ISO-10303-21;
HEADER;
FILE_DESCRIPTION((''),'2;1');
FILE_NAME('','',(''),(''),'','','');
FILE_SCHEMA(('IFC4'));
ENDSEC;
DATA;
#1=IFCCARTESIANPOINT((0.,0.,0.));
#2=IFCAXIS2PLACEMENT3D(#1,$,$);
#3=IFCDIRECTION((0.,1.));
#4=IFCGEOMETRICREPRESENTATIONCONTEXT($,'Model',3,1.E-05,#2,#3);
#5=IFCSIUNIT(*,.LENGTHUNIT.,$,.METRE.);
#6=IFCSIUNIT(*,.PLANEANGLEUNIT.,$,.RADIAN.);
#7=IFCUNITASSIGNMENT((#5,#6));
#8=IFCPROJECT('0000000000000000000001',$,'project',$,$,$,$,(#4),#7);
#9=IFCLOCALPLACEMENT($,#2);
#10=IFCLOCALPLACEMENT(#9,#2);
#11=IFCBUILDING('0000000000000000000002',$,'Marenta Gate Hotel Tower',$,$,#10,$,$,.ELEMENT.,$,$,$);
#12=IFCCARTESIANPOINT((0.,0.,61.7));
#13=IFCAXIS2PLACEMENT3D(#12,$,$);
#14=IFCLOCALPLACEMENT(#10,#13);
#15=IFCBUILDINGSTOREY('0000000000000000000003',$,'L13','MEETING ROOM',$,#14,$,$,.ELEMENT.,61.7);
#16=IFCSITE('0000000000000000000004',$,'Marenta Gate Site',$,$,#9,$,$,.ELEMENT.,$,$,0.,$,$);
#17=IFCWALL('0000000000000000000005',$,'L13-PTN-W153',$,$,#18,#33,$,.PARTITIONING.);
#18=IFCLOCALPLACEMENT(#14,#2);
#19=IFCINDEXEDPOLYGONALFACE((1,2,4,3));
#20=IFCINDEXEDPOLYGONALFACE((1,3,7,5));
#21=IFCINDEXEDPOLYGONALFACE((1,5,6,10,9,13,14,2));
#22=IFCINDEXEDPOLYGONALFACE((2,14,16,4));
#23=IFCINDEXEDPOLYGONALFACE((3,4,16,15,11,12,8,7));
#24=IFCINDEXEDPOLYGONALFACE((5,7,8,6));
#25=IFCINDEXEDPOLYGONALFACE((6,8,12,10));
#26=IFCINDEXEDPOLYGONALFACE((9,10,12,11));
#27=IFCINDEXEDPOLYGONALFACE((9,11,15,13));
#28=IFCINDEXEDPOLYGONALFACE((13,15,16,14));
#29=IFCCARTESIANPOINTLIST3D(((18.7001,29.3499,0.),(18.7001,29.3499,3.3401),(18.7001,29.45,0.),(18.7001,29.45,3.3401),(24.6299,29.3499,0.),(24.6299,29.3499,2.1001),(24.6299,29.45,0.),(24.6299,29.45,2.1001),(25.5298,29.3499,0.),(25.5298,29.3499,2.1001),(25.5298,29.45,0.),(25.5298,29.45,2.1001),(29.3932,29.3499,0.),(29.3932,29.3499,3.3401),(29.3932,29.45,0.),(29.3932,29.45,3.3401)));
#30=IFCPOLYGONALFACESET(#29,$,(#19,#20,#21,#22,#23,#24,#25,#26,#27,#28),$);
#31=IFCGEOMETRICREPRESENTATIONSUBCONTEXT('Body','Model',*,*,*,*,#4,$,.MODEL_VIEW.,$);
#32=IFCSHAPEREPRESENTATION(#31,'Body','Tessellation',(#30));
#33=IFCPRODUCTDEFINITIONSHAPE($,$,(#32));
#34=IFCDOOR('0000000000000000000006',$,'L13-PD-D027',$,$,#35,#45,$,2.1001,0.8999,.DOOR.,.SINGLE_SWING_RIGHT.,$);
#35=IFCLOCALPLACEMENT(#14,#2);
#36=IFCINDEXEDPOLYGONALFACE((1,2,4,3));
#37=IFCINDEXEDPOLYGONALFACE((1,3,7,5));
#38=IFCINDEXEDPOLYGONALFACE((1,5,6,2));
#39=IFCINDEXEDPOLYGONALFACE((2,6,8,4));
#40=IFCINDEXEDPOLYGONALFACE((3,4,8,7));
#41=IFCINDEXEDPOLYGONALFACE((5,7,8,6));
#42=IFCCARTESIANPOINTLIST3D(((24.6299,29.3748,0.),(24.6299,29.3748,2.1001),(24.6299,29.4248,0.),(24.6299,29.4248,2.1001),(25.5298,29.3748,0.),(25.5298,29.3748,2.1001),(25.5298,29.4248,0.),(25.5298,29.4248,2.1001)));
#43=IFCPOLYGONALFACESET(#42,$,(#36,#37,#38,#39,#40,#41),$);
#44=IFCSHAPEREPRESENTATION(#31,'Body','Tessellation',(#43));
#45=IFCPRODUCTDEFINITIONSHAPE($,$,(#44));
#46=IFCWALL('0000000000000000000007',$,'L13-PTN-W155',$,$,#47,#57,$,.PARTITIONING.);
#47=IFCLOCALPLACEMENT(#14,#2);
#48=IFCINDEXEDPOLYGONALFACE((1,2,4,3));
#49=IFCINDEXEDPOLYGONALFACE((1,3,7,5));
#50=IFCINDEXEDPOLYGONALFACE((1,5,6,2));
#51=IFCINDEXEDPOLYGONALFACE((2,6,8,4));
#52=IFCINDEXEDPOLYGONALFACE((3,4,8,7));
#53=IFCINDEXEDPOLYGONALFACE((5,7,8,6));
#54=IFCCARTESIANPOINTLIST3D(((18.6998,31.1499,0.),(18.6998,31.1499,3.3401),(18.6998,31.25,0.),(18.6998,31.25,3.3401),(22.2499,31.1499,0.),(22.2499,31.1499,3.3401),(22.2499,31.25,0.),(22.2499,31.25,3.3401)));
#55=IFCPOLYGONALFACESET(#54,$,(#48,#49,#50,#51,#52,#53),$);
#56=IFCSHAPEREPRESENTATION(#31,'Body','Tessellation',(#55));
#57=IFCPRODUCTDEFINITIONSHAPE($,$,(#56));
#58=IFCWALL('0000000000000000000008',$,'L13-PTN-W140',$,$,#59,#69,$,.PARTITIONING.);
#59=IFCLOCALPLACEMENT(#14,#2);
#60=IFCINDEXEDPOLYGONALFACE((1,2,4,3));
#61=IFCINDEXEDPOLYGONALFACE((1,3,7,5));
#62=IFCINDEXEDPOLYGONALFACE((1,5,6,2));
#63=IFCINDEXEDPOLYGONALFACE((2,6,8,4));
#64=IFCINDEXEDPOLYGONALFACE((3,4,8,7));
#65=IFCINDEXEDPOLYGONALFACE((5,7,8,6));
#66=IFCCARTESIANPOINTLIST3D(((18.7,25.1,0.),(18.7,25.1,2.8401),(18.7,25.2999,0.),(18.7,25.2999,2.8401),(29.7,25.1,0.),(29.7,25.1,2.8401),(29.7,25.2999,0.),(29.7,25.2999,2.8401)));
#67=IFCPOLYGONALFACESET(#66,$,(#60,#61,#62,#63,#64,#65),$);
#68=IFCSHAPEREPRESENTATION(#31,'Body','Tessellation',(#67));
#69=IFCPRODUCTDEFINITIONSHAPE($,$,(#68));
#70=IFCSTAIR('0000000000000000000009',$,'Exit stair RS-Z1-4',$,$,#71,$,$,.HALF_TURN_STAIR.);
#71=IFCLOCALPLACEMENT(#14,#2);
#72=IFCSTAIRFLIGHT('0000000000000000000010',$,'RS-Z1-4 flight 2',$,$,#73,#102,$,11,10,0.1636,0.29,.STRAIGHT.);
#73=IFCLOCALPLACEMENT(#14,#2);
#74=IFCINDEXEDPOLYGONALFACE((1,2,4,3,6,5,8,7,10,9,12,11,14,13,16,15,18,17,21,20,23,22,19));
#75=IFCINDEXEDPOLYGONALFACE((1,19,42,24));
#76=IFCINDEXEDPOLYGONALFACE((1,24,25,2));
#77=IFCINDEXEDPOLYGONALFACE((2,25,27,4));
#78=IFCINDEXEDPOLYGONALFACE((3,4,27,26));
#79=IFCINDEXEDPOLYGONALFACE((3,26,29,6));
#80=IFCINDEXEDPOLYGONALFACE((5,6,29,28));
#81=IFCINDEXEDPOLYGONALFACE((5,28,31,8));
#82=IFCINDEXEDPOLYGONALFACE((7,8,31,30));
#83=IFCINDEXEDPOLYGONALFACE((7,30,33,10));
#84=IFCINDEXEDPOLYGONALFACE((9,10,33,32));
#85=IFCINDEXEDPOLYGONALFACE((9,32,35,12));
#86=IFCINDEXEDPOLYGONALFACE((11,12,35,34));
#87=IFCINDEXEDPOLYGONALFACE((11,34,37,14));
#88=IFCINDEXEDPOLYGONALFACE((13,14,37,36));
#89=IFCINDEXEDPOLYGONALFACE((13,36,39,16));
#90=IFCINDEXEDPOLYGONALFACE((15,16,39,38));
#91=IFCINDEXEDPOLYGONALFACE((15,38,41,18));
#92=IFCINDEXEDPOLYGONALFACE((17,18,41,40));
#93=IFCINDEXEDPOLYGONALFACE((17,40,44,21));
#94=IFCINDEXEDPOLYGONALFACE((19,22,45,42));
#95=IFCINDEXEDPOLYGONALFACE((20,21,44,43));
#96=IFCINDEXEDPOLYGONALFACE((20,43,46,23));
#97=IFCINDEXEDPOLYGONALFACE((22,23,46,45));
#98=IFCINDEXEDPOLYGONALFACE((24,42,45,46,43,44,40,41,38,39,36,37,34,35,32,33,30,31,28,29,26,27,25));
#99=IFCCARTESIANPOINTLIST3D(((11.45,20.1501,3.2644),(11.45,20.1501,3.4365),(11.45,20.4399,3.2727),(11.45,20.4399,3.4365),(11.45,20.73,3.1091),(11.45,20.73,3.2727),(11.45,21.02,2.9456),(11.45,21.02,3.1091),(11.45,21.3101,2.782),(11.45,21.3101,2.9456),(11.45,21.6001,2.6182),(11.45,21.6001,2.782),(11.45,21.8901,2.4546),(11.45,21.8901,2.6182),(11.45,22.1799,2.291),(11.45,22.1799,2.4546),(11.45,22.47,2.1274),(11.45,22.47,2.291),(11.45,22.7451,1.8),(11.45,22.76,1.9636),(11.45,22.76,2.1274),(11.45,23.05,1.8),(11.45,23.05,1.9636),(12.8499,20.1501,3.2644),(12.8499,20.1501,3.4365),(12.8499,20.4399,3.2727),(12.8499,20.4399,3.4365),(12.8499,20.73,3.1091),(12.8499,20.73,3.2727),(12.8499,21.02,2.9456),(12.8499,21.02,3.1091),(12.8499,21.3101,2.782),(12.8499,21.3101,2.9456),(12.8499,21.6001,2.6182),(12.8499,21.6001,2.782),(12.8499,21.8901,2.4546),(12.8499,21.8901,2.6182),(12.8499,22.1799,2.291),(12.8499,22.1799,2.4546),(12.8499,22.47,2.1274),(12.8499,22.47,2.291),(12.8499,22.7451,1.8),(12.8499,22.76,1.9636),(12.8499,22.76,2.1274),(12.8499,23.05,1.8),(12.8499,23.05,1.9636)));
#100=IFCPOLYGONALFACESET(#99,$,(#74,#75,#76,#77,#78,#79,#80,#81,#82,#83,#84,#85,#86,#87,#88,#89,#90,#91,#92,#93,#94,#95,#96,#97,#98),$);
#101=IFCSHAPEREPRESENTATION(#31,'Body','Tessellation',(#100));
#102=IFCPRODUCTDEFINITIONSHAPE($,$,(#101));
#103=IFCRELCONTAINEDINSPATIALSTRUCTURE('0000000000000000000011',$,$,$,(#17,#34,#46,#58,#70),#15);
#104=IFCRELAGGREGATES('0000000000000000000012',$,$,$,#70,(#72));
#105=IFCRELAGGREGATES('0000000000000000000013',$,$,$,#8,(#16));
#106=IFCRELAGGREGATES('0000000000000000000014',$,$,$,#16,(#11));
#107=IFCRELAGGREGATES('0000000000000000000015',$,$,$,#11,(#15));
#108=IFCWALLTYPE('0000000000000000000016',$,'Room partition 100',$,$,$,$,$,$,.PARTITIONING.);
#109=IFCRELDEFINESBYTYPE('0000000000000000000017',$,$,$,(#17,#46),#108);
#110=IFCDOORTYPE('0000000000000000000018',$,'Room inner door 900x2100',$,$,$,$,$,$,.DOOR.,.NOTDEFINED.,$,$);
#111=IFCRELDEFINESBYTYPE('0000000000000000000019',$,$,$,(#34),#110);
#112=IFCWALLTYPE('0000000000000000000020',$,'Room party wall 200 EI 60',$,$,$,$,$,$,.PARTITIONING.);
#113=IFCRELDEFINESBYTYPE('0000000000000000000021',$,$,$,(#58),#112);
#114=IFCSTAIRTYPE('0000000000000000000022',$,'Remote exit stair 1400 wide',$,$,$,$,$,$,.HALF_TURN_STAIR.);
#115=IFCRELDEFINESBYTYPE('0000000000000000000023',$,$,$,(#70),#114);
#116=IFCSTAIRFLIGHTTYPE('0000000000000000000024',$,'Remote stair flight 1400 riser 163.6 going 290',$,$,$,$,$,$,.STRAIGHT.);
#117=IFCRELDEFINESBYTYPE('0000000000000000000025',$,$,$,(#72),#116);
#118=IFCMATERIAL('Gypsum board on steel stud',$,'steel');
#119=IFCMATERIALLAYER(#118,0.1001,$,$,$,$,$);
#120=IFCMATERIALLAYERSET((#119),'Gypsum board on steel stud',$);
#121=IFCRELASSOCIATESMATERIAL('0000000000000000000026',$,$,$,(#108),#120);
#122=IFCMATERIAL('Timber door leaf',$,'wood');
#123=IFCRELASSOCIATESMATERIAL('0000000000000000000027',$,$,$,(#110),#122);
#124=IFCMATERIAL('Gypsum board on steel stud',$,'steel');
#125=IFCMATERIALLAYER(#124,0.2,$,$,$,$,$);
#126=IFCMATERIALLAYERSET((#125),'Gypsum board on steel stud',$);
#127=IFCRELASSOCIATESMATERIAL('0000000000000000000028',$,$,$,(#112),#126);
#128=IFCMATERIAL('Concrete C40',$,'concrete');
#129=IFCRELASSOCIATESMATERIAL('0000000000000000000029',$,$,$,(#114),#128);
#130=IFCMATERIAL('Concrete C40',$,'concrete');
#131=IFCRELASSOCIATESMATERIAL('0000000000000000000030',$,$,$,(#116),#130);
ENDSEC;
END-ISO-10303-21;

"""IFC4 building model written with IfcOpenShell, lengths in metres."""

from ifc_helpers import new_model, si_unit, direction, frame, frame_2d, origin, place, context, subcontext, project, spatial, polyline, rectangle, outline, extrude, material, layer, layer_set, type_object, element, fill, aggregate, save


model = new_model("IFC4")

# Units and contexts
model_context = context("Model", 3, precision=1e-05, world=origin(), true_north=direction((0.0, 1.0)))
body_context = subcontext(model_context, "Body", "Model", "MODEL_VIEW")
ifc_project = project(units=[si_unit("LENGTHUNIT", "METRE"), si_unit("PLANEANGLEUNIT", "RADIAN")], contexts=[model_context])

# Site, building, storey
site_placement = place(None, origin())
site = spatial("IfcSite", under=ifc_project, at=site_placement, Name="Marenta Gate Site", CompositionType="ELEMENT", RefElevation=0.0)
building_placement = place(site_placement, origin())
building = spatial("IfcBuilding", under=site, at=building_placement, Name="Marenta Gate Hotel Tower", CompositionType="ELEMENT")
storey_placement = place(building_placement, frame((0.0, 0.0, 61.7)))
storey = spatial("IfcBuildingStorey", under=building, at=storey_placement, Name="L13", Description="MEETING ROOM", CompositionType="ELEMENT", Elevation=61.7)

# Shared definitions
ifc_material_1 = material(Name="Gypsum board on steel stud", Category="steel")
ifc_layer_1 = layer(ifc_material_1, 0.1001)
ifc_layer_set_1 = layer_set([ifc_layer_1], Name="Gypsum board on steel stud")
wall_type_1 = type_object("IfcWallType", Name="Room partition 100", PredefinedType="PARTITIONING", material=ifc_layer_set_1)
ifc_material_2 = material(Name="Timber door leaf", Category="wood")
door_type_1 = type_object("IfcDoorType", Name="Room inner door 900x2100", OperationType="NOTDEFINED", PredefinedType="DOOR", material=ifc_material_2)

# Wall, opening, door
wall_1_placement = place(storey_placement, frame((18.7, 29.3999, 0.0), z_axis=(0.0, 0.0, 1.0), x_axis=(1.0, 0.0, 0.0)))
wall_1 = element("IfcWall", 1, at=wall_1_placement, inside=storey, type_object=wall_type_1, Name="L13-PTN-W153", PredefinedType="PARTITIONING", context=body_context, shape_type="SweptSolid", body=[
    extrude(rectangle(XDim=10.6931, YDim=0.1001, at=frame_2d((5.3467, 0.0))), origin(), (0.0, 0.0, 1.0), 3.3401),
])
opening_1_placement = place(wall_1_placement, frame((5.9299, 0.0, 0.0)))
opening_1 = element("IfcOpeningElement", 2, at=opening_1_placement, cuts=wall_1, PredefinedType="OPENING", context=body_context, shape_type="SweptSolid", body=[
    extrude(rectangle(XDim=0.8999, YDim=2.1001, at=frame_2d((0.45, 1.05))), frame((0.0, 0.05, 0.0), z_axis=(0.0, -1.0, 0.0), x_axis=(1.0, 0.0, 0.0)), (0.0, 0.0, 1.0), 0.1001),
])
door_1_placement = place(opening_1_placement, origin())
door_1 = element("IfcDoor", 3, at=door_1_placement, inside=storey, type_object=door_type_1, Name="L13-PD-D027", OperationType="SINGLE_SWING_RIGHT", OverallHeight=2.1001, OverallWidth=0.8999, PredefinedType="DOOR", context=body_context, shape_type="SweptSolid", body=[
    extrude(rectangle(XDim=0.8999, YDim=2.1001, at=frame_2d((0.45, 1.05))), frame((0.0, 0.0249, 0.0), z_axis=(0.0, -1.0, 0.0), x_axis=(1.0, 0.0, 0.0)), (0.0, 0.0, 1.0), 0.05),
])
fill(opening_1, door_1)

# Walls
wall_2_placement = place(storey_placement, frame((18.7, 31.2, 0.0), z_axis=(0.0, 0.0, 1.0), x_axis=(1.0, 0.0, 0.0)))
element("IfcWall", 4, at=wall_2_placement, inside=storey, type_object=wall_type_1, Name="L13-PTN-W155", PredefinedType="PARTITIONING", context=body_context, shape_type="SweptSolid", body=[
    extrude(rectangle(XDim=3.55, YDim=0.1001, at=frame_2d((1.7749, 0.0))), origin(), (0.0, 0.0, 1.0), 3.3401),
])
ifc_material_3 = material(Name="Gypsum board on steel stud", Category="steel")
ifc_layer_2 = layer(ifc_material_3, 0.2)
ifc_layer_set_2 = layer_set([ifc_layer_2], Name="Gypsum board on steel stud")
wall_type_2 = type_object("IfcWallType", Name="Room party wall 200 EI 60", PredefinedType="PARTITIONING", material=ifc_layer_set_2)
wall_3_placement = place(storey_placement, frame((18.7, 25.2, 0.0), z_axis=(0.0, 0.0, 1.0), x_axis=(1.0, 0.0, 0.0)))
element("IfcWall", 5, at=wall_3_placement, inside=storey, type_object=wall_type_2, Name="L13-PTN-W140", PredefinedType="PARTITIONING", context=body_context, shape_type="SweptSolid", body=[
    extrude(rectangle(XDim=11.0, YDim=0.2, at=frame_2d((5.5, 0.0))), origin(), (0.0, 0.0, 1.0), 2.8401),
])

# Stair, stair flight
ifc_material_4 = material(Name="Concrete C40", Category="concrete")
stair_type = type_object("IfcStairType", Name="Remote exit stair 1400 wide", PredefinedType="HALF_TURN_STAIR", material=ifc_material_4)
stair_placement = place(storey_placement, origin())
stair = element("IfcStair", 6, at=stair_placement, inside=storey, type_object=stair_type, Name="Exit stair RS-Z1-4", PredefinedType="HALF_TURN_STAIR")
ifc_material_5 = material(Name="Concrete C40", Category="concrete")
stair_flight_type = type_object("IfcStairFlightType", Name="Remote stair flight 1400 riser 163.6 going 290", PredefinedType="STRAIGHT", material=ifc_material_5)
stair_flight_placement = place(storey_placement, frame((12.1499, 23.05, 1.8), z_axis=(0.0, 0.0, 1.0), x_axis=(0.0, -1.0, 0.0)))
stair_flight = element("IfcStairFlight", 7, at=stair_flight_placement, type_object=stair_flight_type, Name="RS-Z1-4 flight 2", NumberOfRisers=11, NumberOfTreads=10, PredefinedType="STRAIGHT", RiserHeight=0.1636, TreadLength=0.29, context=body_context, shape_type="SweptSolid", body=[
    extrude(outline(polyline([(0.0, 0.0), (0.0, 0.1636), (0.29, 0.1636), (0.29, 0.3274), (0.5801, 0.3274), (0.5801, 0.491), (0.8701, 0.491), (0.8701, 0.6545), (1.1599, 0.6545), (1.1599, 0.8181), (1.45, 0.8181), (1.45, 0.9819), (1.74, 0.9819), (1.74, 1.1455), (2.03, 1.1455), (2.03, 1.3091), (2.3201, 1.3091), (2.3201, 1.4727), (2.6101, 1.4727), (2.6101, 1.6365), (2.8999, 1.6365), (2.8999, 1.8), (2.8999, 1.4644), (0.3049, 0.0), (0.0, 0.0)])), frame((0.0, 0.7, 0.0), z_axis=(0.0, -1.0, 0.0), x_axis=(1.0, 0.0, 0.0)), (0.0, 0.0, 1.0), 1.3999),
])
aggregate(stair, [stair_flight])

save(model, "model.ifc")
